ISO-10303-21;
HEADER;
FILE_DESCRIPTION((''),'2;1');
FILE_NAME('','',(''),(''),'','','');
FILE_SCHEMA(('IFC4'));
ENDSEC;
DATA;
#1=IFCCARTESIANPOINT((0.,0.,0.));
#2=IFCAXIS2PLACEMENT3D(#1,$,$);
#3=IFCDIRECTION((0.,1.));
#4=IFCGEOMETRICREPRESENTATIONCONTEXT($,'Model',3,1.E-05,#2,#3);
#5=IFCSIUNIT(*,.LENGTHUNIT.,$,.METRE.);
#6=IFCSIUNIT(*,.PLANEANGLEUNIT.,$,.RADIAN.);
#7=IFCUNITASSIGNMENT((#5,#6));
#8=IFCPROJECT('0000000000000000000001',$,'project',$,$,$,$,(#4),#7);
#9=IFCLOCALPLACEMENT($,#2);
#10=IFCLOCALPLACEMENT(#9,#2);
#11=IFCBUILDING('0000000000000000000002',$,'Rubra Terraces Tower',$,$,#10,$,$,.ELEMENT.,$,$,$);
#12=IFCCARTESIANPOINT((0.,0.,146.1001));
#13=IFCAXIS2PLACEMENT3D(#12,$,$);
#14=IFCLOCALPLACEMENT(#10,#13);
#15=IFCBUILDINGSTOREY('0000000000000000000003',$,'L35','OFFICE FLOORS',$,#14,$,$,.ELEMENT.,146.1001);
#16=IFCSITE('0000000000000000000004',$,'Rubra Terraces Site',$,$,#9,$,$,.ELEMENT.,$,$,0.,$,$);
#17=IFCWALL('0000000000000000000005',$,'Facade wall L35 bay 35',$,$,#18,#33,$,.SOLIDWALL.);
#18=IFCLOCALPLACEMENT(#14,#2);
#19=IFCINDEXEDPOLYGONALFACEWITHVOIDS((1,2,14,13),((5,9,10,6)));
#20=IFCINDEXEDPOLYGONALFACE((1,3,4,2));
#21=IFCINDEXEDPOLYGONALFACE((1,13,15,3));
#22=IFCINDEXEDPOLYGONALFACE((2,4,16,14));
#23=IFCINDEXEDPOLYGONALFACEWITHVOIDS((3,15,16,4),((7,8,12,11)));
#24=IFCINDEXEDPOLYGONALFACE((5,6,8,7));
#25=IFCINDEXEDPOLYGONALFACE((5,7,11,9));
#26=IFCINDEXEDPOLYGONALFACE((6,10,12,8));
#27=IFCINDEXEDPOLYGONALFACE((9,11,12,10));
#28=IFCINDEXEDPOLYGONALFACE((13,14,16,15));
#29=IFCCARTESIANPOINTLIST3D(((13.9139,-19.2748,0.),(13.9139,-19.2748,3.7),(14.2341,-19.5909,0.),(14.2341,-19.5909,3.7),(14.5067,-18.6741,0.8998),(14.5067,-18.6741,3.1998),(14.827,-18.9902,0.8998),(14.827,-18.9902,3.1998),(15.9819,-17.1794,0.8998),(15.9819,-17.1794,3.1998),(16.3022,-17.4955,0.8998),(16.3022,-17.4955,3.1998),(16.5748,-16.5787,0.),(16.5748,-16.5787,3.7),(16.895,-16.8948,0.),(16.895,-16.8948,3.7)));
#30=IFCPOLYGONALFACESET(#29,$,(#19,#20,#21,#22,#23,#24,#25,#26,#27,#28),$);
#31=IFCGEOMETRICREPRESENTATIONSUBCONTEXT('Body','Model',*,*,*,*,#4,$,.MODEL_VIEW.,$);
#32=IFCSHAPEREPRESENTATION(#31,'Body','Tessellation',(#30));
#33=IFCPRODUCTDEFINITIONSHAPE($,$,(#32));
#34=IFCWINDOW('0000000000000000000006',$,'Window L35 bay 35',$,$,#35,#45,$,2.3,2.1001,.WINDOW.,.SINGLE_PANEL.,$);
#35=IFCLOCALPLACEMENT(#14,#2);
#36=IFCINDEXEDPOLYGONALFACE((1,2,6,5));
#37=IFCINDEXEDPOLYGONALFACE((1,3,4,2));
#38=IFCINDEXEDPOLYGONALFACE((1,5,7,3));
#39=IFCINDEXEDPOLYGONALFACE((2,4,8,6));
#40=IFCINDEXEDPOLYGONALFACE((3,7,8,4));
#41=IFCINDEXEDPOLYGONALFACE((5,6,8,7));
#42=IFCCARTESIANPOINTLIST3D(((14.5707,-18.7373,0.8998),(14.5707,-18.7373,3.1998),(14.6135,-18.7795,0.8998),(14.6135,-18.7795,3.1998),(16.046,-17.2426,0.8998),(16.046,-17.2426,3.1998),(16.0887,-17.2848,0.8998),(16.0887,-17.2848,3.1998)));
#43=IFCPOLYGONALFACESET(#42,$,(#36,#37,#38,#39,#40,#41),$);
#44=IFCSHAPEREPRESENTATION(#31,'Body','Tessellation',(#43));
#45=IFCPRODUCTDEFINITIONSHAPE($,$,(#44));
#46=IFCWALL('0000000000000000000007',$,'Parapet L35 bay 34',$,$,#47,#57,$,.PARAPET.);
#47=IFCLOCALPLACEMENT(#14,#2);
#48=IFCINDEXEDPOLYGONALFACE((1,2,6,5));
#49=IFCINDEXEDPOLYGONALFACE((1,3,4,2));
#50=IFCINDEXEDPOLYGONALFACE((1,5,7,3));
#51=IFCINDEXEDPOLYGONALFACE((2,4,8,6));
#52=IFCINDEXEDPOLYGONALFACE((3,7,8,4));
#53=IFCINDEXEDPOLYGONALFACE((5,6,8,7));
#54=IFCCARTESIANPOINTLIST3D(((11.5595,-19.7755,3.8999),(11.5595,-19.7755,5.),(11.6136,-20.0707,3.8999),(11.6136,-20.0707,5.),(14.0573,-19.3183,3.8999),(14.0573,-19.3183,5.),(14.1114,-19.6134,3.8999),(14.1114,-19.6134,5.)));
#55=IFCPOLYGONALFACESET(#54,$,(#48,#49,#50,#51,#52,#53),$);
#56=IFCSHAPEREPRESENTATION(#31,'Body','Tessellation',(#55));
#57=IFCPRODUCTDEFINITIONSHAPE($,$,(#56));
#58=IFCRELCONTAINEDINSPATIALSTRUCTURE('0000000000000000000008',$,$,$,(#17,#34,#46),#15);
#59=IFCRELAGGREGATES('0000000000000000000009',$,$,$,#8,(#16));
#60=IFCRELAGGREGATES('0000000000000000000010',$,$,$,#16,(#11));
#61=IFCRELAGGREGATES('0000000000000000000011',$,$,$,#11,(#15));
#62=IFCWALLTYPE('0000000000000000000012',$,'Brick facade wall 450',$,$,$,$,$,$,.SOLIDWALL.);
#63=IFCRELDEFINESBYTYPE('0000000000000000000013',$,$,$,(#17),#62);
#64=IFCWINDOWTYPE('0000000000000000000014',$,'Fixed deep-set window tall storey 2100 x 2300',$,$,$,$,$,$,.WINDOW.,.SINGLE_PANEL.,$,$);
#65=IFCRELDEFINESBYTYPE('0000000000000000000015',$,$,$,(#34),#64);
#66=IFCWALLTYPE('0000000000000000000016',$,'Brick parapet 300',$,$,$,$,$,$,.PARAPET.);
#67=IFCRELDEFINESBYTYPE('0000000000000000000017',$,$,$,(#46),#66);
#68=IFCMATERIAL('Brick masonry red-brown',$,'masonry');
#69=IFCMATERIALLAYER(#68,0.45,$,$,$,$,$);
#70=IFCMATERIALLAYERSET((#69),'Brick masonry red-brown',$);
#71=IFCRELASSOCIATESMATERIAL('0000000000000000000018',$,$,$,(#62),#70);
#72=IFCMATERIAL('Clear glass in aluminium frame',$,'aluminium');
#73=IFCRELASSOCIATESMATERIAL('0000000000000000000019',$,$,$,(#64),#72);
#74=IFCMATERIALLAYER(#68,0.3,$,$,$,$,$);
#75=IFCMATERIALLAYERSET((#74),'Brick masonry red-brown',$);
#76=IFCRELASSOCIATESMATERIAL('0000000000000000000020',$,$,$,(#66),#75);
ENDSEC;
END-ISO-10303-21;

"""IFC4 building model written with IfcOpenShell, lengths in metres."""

from ifc_helpers import new_model, si_unit, direction, frame, frame_2d, origin, place, context, subcontext, project, spatial, rectangle, extrude, material, layer, layer_set, type_object, element, fill, save


model = new_model("IFC4")

# Units and contexts
model_context = context("Model", 3, precision=1e-05, world=origin(), true_north=direction((0.0, 1.0)))
body_context = subcontext(model_context, "Body", "Model", "MODEL_VIEW")
ifc_project = project(units=[si_unit("LENGTHUNIT", "METRE"), si_unit("PLANEANGLEUNIT", "RADIAN")], contexts=[model_context])

# Site, building, storey
site_placement = place(None, origin())
site = spatial("IfcSite", under=ifc_project, at=site_placement, Name="Rubra Terraces Site", CompositionType="ELEMENT", RefElevation=0.0)
building_placement = place(site_placement, origin())
building = spatial("IfcBuilding", under=site, at=building_placement, Name="Rubra Terraces Tower", CompositionType="ELEMENT")
storey_placement = place(building_placement, frame((0.0, 0.0, 146.1001)))
storey = spatial("IfcBuildingStorey", under=building, at=storey_placement, Name="L35", Description="OFFICE FLOORS", CompositionType="ELEMENT", Elevation=146.1001)

# Wall, opening, window
ifc_material_1 = material(Name="Brick masonry red-brown", Category="masonry")
ifc_layer_1 = layer(ifc_material_1, 0.45)
ifc_layer_set_1 = layer_set([ifc_layer_1], Name="Brick masonry red-brown")
wall_type_1 = type_object("IfcWallType", Name="Brick facade wall 450", PredefinedType="SOLIDWALL", material=ifc_layer_set_1)
ifc_material_2 = material(Name="Clear glass in aluminium frame", Category="aluminium")
window_type = type_object("IfcWindowType", Name="Fixed deep-set window tall storey 2100 x 2300", PartitioningType="SINGLE_PANEL", PredefinedType="WINDOW", material=ifc_material_2)
wall_1_placement = place(storey_placement, frame((14.074, -19.4329, 0.0), z_axis=(0.0, 0.0, 1.0), x_axis=(0.702451, 0.711732, 0.0)))
wall_1 = element("IfcWall", 1, at=wall_1_placement, inside=storey, type_object=wall_type_1, Name="Facade wall L35 bay 35", PredefinedType="SOLIDWALL", context=body_context, shape_type="SweptSolid", body=[
    extrude(rectangle(XDim=3.7881, YDim=0.45, at=frame_2d((1.894, 0.0))), origin(), (0.0, 0.0, 1.0), 3.7),
])
opening_1_placement = place(wall_1_placement, frame((0.844, 0.0, 0.8999)))
opening_1 = element("IfcOpeningElement", 2, at=opening_1_placement, cuts=wall_1, PredefinedType="OPENING", context=body_context, shape_type="SweptSolid", body=[
    extrude(rectangle(XDim=2.1001, YDim=2.3, at=frame_2d((1.05, 1.1499))), frame((0.0, 0.2349, 0.0), z_axis=(0.0, -1.0, 0.0), x_axis=(1.0, 0.0, 0.0)), (0.0, 0.0, 1.0), 0.47),
])
window_1_placement = place(opening_1_placement, origin())
window_1 = element("IfcWindow", 3, at=window_1_placement, inside=storey, type_object=window_type, Name="Window L35 bay 35", OverallHeight=2.3, OverallWidth=2.1001, PartitioningType="SINGLE_PANEL", PredefinedType="WINDOW", context=body_context, shape_type="SweptSolid", body=[
    extrude(rectangle(XDim=2.1001, YDim=2.3, at=frame_2d((1.05, 1.1499))), frame((0.0, 0.135, 0.0), z_axis=(0.0, -1.0, 0.0), x_axis=(1.0, 0.0, 0.0)), (0.0, 0.0, 1.0), 0.0601),
])
fill(opening_1, window_1)

# Wall
ifc_layer_2 = layer(ifc_material_1, 0.3)
ifc_layer_set_2 = layer_set([ifc_layer_2], Name="Brick masonry red-brown")
wall_type_2 = type_object("IfcWallType", Name="Brick parapet 300", PredefinedType="PARAPET", material=ifc_layer_set_2)
wall_2_placement = place(storey_placement, frame((11.5867, -19.9231, 3.8999), z_axis=(0.0, 0.0, 1.0), x_axis=(0.983652, 0.180078, 0.0)))
element("IfcWall", 4, at=wall_2_placement, inside=storey, type_object=wall_type_2, Name="Parapet L35 bay 34", PredefinedType="PARAPET", context=body_context, shape_type="SweptSolid", body=[
    extrude(rectangle(XDim=2.5393, YDim=0.3, at=frame_2d((1.2695, 0.0))), origin(), (0.0, 0.0, 1.0), 1.1001),
])

save(model, "model.ifc")
